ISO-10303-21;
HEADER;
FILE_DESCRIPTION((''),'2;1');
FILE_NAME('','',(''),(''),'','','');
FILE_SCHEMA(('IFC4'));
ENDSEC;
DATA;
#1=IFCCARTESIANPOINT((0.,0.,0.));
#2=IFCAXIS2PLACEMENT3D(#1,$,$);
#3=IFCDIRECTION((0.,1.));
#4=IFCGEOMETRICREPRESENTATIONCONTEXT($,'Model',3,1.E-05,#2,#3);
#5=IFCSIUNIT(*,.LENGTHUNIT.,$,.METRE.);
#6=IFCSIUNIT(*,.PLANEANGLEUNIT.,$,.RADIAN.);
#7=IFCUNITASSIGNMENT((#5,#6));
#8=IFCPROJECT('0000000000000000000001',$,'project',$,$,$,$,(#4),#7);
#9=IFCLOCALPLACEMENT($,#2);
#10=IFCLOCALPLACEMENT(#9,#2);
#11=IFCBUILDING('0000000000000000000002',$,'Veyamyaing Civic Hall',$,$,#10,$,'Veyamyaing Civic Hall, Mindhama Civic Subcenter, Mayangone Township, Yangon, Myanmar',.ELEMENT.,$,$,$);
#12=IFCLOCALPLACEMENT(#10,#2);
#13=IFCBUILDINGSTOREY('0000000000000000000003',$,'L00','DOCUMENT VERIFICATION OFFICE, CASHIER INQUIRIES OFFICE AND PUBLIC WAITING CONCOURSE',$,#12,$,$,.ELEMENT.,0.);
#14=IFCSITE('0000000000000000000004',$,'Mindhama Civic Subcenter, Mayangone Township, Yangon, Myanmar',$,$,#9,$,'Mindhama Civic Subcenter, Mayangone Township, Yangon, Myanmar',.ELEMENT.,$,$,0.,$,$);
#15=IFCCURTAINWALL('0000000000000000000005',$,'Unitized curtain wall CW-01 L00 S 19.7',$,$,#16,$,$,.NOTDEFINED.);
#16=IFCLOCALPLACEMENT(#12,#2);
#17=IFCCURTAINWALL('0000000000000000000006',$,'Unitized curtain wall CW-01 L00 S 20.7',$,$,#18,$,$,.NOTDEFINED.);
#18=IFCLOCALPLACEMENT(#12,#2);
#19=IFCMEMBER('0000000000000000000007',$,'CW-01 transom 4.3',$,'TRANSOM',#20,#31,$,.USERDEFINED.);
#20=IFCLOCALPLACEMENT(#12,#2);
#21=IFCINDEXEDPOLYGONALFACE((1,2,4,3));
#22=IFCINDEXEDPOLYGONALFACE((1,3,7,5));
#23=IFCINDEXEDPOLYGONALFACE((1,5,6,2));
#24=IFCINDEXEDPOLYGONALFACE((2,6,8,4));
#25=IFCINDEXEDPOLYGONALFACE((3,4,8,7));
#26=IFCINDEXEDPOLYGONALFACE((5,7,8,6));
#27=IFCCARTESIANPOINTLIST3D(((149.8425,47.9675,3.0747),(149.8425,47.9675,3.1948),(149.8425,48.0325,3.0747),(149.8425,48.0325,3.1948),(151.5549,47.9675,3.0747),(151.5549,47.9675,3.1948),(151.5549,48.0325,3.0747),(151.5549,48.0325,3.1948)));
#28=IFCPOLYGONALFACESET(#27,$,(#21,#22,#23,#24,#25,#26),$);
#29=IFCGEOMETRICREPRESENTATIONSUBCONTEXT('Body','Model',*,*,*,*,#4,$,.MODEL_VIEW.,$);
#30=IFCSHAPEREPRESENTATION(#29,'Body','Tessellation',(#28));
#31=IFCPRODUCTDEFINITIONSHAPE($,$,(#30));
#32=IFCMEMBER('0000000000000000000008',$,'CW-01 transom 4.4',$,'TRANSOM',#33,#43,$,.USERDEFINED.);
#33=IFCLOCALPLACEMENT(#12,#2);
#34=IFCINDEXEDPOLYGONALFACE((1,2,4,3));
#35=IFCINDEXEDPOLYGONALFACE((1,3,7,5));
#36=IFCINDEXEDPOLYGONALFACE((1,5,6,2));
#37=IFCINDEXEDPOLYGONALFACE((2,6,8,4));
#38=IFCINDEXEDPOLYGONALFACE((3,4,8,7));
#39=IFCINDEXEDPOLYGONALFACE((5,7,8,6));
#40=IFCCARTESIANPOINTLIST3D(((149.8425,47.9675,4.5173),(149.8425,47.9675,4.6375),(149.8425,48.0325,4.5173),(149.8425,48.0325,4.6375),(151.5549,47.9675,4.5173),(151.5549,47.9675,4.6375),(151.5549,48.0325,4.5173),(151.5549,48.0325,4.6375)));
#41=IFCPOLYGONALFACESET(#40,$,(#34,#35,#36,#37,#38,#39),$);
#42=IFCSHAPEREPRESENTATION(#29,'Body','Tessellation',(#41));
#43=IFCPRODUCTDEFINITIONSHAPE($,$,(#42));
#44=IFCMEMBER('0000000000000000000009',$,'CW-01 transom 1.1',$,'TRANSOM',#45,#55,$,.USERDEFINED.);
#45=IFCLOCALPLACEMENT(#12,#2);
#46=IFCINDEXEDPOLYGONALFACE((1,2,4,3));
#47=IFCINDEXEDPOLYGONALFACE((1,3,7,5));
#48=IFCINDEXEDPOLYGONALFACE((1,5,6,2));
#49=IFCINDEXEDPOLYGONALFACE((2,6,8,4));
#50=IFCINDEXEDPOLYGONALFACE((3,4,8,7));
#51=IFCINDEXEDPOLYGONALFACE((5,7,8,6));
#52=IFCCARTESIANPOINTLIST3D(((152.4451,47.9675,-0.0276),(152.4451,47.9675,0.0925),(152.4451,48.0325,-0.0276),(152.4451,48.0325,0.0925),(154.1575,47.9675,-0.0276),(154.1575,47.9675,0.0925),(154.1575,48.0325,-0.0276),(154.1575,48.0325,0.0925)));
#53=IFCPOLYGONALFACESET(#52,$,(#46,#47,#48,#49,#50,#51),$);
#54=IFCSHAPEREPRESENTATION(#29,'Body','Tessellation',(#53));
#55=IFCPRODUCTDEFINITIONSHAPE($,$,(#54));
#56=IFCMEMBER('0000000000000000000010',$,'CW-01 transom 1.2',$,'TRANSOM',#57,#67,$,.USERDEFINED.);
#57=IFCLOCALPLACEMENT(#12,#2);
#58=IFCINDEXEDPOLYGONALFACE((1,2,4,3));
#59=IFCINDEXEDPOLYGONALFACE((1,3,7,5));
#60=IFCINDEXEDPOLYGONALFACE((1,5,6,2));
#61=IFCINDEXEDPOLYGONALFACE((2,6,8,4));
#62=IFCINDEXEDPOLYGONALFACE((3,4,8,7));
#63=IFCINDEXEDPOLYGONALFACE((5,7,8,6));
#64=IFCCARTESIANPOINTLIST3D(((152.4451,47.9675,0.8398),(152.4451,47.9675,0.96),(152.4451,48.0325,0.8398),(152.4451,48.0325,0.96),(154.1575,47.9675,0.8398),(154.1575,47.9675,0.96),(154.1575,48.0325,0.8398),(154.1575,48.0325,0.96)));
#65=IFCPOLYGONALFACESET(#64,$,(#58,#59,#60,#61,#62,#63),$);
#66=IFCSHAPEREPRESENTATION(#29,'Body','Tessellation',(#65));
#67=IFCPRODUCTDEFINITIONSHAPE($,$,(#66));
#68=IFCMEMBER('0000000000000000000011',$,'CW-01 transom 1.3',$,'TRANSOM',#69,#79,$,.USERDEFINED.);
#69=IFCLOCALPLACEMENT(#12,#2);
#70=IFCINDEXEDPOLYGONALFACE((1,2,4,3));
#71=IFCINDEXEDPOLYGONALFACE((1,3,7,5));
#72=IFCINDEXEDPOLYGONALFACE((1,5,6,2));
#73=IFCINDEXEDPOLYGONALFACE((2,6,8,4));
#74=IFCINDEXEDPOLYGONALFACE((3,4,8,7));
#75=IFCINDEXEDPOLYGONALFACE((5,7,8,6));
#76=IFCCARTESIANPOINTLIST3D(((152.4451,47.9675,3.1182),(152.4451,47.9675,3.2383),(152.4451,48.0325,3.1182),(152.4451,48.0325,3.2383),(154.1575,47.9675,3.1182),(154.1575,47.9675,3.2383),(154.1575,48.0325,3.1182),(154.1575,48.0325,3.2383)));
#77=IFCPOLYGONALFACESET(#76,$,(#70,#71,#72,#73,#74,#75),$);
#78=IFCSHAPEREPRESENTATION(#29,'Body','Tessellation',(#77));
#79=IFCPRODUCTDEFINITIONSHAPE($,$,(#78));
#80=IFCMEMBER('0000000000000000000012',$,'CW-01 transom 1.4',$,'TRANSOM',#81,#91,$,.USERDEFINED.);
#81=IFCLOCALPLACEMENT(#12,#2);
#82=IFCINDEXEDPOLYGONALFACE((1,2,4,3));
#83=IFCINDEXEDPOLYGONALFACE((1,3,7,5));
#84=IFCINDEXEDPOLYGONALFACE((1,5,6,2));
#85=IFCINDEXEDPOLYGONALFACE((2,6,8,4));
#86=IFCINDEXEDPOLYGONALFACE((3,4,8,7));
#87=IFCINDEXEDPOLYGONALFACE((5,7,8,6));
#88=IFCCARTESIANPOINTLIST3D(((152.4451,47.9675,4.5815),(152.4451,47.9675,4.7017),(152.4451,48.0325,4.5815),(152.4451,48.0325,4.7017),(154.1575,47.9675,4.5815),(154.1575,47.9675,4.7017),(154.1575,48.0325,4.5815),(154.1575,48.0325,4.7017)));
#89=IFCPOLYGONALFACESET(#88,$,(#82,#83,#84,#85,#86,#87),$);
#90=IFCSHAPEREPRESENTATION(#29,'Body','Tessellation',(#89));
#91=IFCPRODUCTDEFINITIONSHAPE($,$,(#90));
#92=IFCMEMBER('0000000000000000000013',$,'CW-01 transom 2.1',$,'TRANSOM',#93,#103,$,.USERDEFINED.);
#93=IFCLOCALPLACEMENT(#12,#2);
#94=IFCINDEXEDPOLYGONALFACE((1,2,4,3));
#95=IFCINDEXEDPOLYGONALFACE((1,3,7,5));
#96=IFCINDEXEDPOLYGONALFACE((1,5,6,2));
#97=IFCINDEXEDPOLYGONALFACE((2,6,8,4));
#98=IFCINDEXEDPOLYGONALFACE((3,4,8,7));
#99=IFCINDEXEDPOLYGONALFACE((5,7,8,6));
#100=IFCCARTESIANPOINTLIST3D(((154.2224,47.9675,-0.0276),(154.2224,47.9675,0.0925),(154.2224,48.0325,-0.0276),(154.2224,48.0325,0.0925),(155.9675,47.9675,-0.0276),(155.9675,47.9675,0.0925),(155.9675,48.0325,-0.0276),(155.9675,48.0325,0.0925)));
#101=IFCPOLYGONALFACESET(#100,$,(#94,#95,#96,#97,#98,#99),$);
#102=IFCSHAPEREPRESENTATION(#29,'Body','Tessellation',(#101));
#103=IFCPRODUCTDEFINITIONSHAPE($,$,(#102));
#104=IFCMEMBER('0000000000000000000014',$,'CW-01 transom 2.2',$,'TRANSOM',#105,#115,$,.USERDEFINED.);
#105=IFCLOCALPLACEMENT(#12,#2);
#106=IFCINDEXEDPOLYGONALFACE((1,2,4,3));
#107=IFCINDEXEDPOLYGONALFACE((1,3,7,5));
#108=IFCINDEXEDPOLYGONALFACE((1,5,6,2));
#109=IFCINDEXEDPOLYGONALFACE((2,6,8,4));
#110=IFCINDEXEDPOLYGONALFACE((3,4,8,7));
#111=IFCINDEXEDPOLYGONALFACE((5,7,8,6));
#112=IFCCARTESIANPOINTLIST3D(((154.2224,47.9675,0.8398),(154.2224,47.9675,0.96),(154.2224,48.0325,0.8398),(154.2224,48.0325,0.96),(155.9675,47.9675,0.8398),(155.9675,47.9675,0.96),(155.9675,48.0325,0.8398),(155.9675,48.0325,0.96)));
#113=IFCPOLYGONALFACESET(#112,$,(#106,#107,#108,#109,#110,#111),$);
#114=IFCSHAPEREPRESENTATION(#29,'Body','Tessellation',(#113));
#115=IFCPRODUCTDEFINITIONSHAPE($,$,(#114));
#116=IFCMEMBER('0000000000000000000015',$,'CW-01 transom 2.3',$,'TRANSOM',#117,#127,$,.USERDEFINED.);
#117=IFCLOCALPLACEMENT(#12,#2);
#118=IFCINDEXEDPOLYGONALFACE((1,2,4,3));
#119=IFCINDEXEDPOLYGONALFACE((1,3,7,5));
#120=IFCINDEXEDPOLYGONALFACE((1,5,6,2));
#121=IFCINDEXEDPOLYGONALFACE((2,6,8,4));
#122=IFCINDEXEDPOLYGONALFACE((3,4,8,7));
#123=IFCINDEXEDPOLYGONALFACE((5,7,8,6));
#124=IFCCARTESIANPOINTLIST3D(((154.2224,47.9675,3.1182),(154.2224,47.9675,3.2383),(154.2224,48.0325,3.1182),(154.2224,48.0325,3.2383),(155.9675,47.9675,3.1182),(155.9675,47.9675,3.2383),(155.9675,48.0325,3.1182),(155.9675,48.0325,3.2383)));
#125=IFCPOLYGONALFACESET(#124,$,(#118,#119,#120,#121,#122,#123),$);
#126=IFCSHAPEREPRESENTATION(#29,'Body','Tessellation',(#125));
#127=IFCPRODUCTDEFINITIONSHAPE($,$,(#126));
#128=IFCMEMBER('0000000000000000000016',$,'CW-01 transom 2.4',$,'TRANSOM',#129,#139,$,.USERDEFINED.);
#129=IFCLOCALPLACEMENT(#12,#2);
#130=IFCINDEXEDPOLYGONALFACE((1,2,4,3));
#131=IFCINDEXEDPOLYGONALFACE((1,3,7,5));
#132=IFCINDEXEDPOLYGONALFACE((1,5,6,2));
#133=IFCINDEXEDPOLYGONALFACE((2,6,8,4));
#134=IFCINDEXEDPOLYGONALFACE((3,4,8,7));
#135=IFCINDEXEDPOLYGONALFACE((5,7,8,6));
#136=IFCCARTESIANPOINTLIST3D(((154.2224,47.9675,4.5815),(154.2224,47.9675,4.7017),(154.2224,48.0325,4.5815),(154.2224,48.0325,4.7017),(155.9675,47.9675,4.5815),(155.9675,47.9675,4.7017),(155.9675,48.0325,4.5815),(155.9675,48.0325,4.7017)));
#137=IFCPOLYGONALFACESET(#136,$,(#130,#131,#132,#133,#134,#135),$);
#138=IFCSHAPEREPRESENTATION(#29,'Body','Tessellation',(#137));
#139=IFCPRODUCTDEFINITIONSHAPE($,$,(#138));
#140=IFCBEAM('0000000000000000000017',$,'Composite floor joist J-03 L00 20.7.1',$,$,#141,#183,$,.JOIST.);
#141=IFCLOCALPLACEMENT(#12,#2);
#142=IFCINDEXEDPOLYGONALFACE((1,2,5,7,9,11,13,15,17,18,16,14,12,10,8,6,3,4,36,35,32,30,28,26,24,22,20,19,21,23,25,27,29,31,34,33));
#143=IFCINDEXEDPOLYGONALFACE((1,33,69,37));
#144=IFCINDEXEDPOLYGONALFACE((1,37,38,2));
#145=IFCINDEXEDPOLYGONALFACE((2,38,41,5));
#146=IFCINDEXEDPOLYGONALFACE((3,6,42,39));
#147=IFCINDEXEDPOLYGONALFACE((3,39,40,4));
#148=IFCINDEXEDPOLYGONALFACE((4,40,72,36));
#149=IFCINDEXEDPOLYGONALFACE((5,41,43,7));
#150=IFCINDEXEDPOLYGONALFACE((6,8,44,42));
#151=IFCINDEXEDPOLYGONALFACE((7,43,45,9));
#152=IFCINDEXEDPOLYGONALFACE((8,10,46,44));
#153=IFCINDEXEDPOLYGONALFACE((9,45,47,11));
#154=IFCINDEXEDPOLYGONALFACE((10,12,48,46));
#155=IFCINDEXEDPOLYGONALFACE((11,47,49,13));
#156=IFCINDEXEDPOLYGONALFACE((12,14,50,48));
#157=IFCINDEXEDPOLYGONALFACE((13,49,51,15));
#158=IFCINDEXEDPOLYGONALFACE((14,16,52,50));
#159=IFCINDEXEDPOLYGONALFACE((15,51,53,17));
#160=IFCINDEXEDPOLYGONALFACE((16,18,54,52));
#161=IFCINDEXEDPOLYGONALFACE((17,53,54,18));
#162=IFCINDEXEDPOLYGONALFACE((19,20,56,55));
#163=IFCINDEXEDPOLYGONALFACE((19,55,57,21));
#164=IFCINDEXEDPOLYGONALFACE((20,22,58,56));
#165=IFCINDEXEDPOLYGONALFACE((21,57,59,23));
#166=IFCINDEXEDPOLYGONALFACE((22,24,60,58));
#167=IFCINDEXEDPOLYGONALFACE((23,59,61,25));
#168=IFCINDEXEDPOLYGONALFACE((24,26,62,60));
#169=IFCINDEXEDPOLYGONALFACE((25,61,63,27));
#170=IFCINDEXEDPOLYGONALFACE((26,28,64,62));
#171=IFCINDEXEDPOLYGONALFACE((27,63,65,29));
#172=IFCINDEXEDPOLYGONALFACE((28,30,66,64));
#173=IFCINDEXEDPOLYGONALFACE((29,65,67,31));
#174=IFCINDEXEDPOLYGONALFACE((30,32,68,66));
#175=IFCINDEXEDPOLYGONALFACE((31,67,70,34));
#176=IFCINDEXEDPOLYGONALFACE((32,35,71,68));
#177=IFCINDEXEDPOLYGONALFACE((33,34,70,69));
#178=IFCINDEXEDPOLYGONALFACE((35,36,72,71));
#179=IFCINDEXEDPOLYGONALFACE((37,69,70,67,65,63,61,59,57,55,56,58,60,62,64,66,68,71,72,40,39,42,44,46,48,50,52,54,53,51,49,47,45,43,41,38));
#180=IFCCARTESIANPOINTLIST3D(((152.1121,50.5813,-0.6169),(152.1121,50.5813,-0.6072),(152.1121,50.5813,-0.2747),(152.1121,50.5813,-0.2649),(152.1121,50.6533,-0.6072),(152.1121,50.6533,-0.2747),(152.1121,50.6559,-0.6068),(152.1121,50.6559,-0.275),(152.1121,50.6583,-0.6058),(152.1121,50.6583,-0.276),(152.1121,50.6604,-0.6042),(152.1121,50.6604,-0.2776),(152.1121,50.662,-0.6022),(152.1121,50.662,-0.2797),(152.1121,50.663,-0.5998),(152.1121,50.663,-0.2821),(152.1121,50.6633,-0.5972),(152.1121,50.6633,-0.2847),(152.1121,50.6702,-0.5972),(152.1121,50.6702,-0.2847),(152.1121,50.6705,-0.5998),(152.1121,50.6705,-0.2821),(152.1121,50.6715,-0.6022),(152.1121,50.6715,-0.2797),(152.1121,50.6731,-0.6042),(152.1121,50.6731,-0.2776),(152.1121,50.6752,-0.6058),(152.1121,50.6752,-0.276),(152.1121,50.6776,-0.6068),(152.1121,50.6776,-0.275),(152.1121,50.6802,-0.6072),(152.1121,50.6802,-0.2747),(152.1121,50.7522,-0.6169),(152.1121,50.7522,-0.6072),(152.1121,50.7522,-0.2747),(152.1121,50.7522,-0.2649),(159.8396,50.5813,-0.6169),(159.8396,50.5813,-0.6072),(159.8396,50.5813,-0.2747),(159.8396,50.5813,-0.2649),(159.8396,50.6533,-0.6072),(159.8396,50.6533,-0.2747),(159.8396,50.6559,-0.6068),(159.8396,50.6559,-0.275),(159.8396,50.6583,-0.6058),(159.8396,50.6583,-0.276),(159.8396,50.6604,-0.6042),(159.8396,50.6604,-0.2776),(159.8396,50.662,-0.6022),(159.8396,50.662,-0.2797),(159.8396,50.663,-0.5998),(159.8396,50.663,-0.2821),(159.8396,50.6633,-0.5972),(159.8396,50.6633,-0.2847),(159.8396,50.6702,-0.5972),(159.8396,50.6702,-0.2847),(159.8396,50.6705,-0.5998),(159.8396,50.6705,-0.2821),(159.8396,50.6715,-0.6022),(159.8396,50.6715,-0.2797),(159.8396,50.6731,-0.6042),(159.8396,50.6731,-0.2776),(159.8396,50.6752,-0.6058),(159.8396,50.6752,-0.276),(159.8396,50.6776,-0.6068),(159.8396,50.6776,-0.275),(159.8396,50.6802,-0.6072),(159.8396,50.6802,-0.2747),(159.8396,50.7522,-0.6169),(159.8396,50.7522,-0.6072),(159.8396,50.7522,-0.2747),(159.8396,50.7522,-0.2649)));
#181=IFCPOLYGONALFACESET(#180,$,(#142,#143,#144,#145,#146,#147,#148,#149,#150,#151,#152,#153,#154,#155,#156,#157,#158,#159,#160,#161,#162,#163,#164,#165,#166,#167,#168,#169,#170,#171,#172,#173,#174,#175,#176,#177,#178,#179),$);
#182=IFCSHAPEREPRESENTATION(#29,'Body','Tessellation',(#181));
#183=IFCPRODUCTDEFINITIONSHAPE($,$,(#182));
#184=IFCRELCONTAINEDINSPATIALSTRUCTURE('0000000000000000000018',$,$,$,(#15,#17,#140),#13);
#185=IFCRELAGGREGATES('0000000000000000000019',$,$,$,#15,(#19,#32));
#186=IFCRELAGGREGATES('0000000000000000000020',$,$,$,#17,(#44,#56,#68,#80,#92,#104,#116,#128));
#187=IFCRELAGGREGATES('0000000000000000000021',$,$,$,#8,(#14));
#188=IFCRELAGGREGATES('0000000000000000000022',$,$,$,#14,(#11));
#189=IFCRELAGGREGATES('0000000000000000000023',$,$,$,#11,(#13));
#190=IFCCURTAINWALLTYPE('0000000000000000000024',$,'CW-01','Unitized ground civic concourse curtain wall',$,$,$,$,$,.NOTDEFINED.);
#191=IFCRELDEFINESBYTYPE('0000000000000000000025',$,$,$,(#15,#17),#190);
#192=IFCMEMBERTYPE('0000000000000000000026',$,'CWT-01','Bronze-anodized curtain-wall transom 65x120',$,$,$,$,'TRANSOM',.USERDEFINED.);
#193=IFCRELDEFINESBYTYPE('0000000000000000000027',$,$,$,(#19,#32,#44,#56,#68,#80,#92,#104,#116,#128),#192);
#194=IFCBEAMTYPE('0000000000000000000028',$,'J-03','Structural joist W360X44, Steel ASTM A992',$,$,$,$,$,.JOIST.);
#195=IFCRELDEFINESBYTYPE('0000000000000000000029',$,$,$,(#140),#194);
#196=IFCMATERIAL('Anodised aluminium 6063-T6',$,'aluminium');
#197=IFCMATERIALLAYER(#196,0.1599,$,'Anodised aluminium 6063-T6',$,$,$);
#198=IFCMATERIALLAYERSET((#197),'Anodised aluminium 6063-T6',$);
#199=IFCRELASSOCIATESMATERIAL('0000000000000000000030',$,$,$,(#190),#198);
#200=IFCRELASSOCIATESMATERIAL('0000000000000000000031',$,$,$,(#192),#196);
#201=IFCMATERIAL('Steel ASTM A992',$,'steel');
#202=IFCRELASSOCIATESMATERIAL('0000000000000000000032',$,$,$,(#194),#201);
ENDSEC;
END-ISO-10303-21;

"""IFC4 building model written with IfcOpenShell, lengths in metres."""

from ifc_helpers import new_model, si_unit, direction, frame, origin, origin_2d, place, context, subcontext, project, spatial, rectangle, i_section, extrude, material, layer, layer_set, material_profile, profile_set, type_object, element, aggregate, save


model = new_model("IFC4")

# Units and contexts
model_context = context("Model", 3, precision=1e-05, world=origin(), true_north=direction((0.0, 1.0)))
body_context = subcontext(model_context, "Body", "Model", "MODEL_VIEW")
ifc_project = project(units=[si_unit("LENGTHUNIT", "METRE"), si_unit("PLANEANGLEUNIT", "RADIAN")], contexts=[model_context])

# Site, building, storey
site_placement = place(None, origin())
site = spatial("IfcSite", under=ifc_project, at=site_placement, Name="Mindhama Civic Subcenter, Mayangone Township, Yangon, Myanmar", LongName="Mindhama Civic Subcenter, Mayangone Township, Yangon, Myanmar", CompositionType="ELEMENT", RefElevation=0.0)
building_placement = place(site_placement, origin())
building = spatial("IfcBuilding", under=site, at=building_placement, Name="Veyamyaing Civic Hall", LongName="Veyamyaing Civic Hall, Mindhama Civic Subcenter, Mayangone Township, Yangon, Myanmar", CompositionType="ELEMENT")
storey_placement = place(building_placement, origin())
storey = spatial("IfcBuildingStorey", under=building, at=storey_placement, Name="L00", Description="DOCUMENT VERIFICATION OFFICE, CASHIER INQUIRIES OFFICE AND PUBLIC WAITING CONCOURSE", CompositionType="ELEMENT", Elevation=0.0)

# Shared definitions
ifc_material_1 = material(Name="Steel ASTM A992", Category="steel")

# Curtain walls
ifc_material_2 = material(Name="Anodised aluminium 6063-T6", Category="aluminium")
ifc_layer_1 = layer(ifc_material_2, 0.1599, Name="Anodised aluminium 6063-T6")
ifc_layer_set_1 = layer_set([ifc_layer_1], Name="Anodised aluminium 6063-T6")
curtain_wall_type = type_object("IfcCurtainWallType", Name="CW-01", Description="Unitized ground civic concourse curtain wall", PredefinedType="NOTDEFINED", material=ifc_layer_set_1)
curtain_wall_1_placement = place(storey_placement, origin())
curtain_wall_1 = element("IfcCurtainWall", 1, at=curtain_wall_1_placement, inside=storey, type_object=curtain_wall_type, Name="Unitized curtain wall CW-01 L00 S 19.7", PredefinedType="NOTDEFINED")
curtain_wall_2_placement = place(storey_placement, origin())
curtain_wall_2 = element("IfcCurtainWall", 2, at=curtain_wall_2_placement, inside=storey, type_object=curtain_wall_type, Name="Unitized curtain wall CW-01 L00 S 20.7", PredefinedType="NOTDEFINED")

# Members
ifc_material_profile_1 = material_profile(ifc_material_2, rectangle(XDim=0.0649, YDim=0.1201, at=origin_2d()), Name="ALU-TRN-65X120")
ifc_profile_set_1 = profile_set([ifc_material_profile_1], Name="Anodised aluminium 6063-T6")
member_type_1 = type_object("IfcMemberType", Name="CWT-01", Description="Bronze-anodized curtain-wall transom 65x120", ElementType="TRANSOM", PredefinedType="USERDEFINED", material=ifc_profile_set_1)
member_1_placement = place(storey_placement, frame((149.8425, 48.0, 3.1348), z_axis=(1.0, 0.0, 0.0), x_axis=(0.0, 1.0, 0.0)))
member_1 = element("IfcMember", 3, at=member_1_placement, type_object=member_type_1, Name="CW-01 transom 4.3", ObjectType="TRANSOM", PredefinedType="USERDEFINED", context=body_context, shape_type="SweptSolid", body=[
    extrude(rectangle(XDim=0.0649, YDim=0.1201, at=origin_2d()), origin(), (0.0, 0.0, 1.0), 1.7124),
])
member_2_placement = place(storey_placement, frame((149.8425, 48.0, 4.5774), z_axis=(1.0, 0.0, 0.0), x_axis=(0.0, 1.0, 0.0)))
member_2 = element("IfcMember", 4, at=member_2_placement, type_object=member_type_1, Name="CW-01 transom 4.4", ObjectType="TRANSOM", PredefinedType="USERDEFINED", context=body_context, shape_type="SweptSolid", body=[
    extrude(rectangle(XDim=0.0649, YDim=0.1201, at=origin_2d()), origin(), (0.0, 0.0, 1.0), 1.7124),
])
member_3_placement = place(storey_placement, frame((152.4451, 48.0, 0.0325), z_axis=(1.0, 0.0, 0.0), x_axis=(0.0, 1.0, 0.0)))
member_3 = element("IfcMember", 5, at=member_3_placement, type_object=member_type_1, Name="CW-01 transom 1.1", ObjectType="TRANSOM", PredefinedType="USERDEFINED", context=body_context, shape_type="SweptSolid", body=[
    extrude(rectangle(XDim=0.0649, YDim=0.1201, at=origin_2d()), origin(), (0.0, 0.0, 1.0), 1.7124),
])
member_4_placement = place(storey_placement, frame((152.4451, 48.0, 0.8999), z_axis=(1.0, 0.0, 0.0), x_axis=(0.0, 1.0, 0.0)))
member_4 = element("IfcMember", 6, at=member_4_placement, type_object=member_type_1, Name="CW-01 transom 1.2", ObjectType="TRANSOM", PredefinedType="USERDEFINED", context=body_context, shape_type="SweptSolid", body=[
    extrude(rectangle(XDim=0.0649, YDim=0.1201, at=origin_2d()), origin(), (0.0, 0.0, 1.0), 1.7124),
])
member_5_placement = place(storey_placement, frame((152.4451, 48.0, 3.1782), z_axis=(1.0, 0.0, 0.0), x_axis=(0.0, 1.0, 0.0)))
member_5 = element("IfcMember", 7, at=member_5_placement, type_object=member_type_1, Name="CW-01 transom 1.3", ObjectType="TRANSOM", PredefinedType="USERDEFINED", context=body_context, shape_type="SweptSolid", body=[
    extrude(rectangle(XDim=0.0649, YDim=0.1201, at=origin_2d()), origin(), (0.0, 0.0, 1.0), 1.7124),
])
member_6_placement = place(storey_placement, frame((152.4451, 48.0, 4.6416), z_axis=(1.0, 0.0, 0.0), x_axis=(0.0, 1.0, 0.0)))
member_6 = element("IfcMember", 8, at=member_6_placement, type_object=member_type_1, Name="CW-01 transom 1.4", ObjectType="TRANSOM", PredefinedType="USERDEFINED", context=body_context, shape_type="SweptSolid", body=[
    extrude(rectangle(XDim=0.0649, YDim=0.1201, at=origin_2d()), origin(), (0.0, 0.0, 1.0), 1.7124),
])
member_7_placement = place(storey_placement, frame((154.2224, 48.0, 0.0325), z_axis=(1.0, 0.0, 0.0), x_axis=(0.0, 1.0, 0.0)))
member_7 = element("IfcMember", 9, at=member_7_placement, type_object=member_type_1, Name="CW-01 transom 2.1", ObjectType="TRANSOM", PredefinedType="USERDEFINED", context=body_context, shape_type="SweptSolid", body=[
    extrude(rectangle(XDim=0.0649, YDim=0.1201, at=origin_2d()), origin(), (0.0, 0.0, 1.0), 1.7451),
])
member_8_placement = place(storey_placement, frame((154.2224, 48.0, 0.8999), z_axis=(1.0, 0.0, 0.0), x_axis=(0.0, 1.0, 0.0)))
member_8 = element("IfcMember", 10, at=member_8_placement, type_object=member_type_1, Name="CW-01 transom 2.2", ObjectType="TRANSOM", PredefinedType="USERDEFINED", context=body_context, shape_type="SweptSolid", body=[
    extrude(rectangle(XDim=0.0649, YDim=0.1201, at=origin_2d()), origin(), (0.0, 0.0, 1.0), 1.7451),
])
member_9_placement = place(storey_placement, frame((154.2224, 48.0, 3.1782), z_axis=(1.0, 0.0, 0.0), x_axis=(0.0, 1.0, 0.0)))
member_9 = element("IfcMember", 11, at=member_9_placement, type_object=member_type_1, Name="CW-01 transom 2.3", ObjectType="TRANSOM", PredefinedType="USERDEFINED", context=body_context, shape_type="SweptSolid", body=[
    extrude(rectangle(XDim=0.0649, YDim=0.1201, at=origin_2d()), origin(), (0.0, 0.0, 1.0), 1.7451),
])
member_10_placement = place(storey_placement, frame((154.2224, 48.0, 4.6416), z_axis=(1.0, 0.0, 0.0), x_axis=(0.0, 1.0, 0.0)))
member_10 = element("IfcMember", 12, at=member_10_placement, type_object=member_type_1, Name="CW-01 transom 2.4", ObjectType="TRANSOM", PredefinedType="USERDEFINED", context=body_context, shape_type="SweptSolid", body=[
    extrude(rectangle(XDim=0.0649, YDim=0.1201, at=origin_2d()), origin(), (0.0, 0.0, 1.0), 1.7451),
])

# Beam
ifc_material_profile_2 = material_profile(ifc_material_1, i_section(OverallWidth=0.1709, OverallDepth=0.3521, WebThickness=0.0068, FlangeThickness=0.0098, FilletRadius=0.01, at=origin_2d()), Name="W360X44")
ifc_profile_set_2 = profile_set([ifc_material_profile_2], Name="Steel ASTM A992")
beam_type_1 = type_object("IfcBeamType", Name="J-03", Description="Structural joist W360X44, Steel ASTM A992", PredefinedType="JOIST", material=ifc_profile_set_2)
for number, where, z_axis, x_axis, name in (
    (13, (152.1121, 50.6667, -0.4409), (1.0, 0.0, 0.0), (0.0, 1.0, 0.0), "Composite floor joist J-03 L00 20.7.1"),
):
    element("IfcBeam", number, at=place(storey_placement, frame(where, z_axis=z_axis, x_axis=x_axis)), inside=storey, type_object=beam_type_1, Name=name, PredefinedType="JOIST", context=body_context, shape_type="SweptSolid", body=[
        extrude(i_section(OverallWidth=0.1709, OverallDepth=0.3521, WebThickness=0.0068, FlangeThickness=0.0098, FilletRadius=0.01, at=origin_2d()), origin(), (0.0, 0.0, 1.0), 7.7275),
    ])

aggregate(curtain_wall_1, [member_1, member_2])
aggregate(curtain_wall_2, [member_3, member_4, member_5, member_6, member_7, member_8, member_9, member_10])

save(model, "model.ifc")
